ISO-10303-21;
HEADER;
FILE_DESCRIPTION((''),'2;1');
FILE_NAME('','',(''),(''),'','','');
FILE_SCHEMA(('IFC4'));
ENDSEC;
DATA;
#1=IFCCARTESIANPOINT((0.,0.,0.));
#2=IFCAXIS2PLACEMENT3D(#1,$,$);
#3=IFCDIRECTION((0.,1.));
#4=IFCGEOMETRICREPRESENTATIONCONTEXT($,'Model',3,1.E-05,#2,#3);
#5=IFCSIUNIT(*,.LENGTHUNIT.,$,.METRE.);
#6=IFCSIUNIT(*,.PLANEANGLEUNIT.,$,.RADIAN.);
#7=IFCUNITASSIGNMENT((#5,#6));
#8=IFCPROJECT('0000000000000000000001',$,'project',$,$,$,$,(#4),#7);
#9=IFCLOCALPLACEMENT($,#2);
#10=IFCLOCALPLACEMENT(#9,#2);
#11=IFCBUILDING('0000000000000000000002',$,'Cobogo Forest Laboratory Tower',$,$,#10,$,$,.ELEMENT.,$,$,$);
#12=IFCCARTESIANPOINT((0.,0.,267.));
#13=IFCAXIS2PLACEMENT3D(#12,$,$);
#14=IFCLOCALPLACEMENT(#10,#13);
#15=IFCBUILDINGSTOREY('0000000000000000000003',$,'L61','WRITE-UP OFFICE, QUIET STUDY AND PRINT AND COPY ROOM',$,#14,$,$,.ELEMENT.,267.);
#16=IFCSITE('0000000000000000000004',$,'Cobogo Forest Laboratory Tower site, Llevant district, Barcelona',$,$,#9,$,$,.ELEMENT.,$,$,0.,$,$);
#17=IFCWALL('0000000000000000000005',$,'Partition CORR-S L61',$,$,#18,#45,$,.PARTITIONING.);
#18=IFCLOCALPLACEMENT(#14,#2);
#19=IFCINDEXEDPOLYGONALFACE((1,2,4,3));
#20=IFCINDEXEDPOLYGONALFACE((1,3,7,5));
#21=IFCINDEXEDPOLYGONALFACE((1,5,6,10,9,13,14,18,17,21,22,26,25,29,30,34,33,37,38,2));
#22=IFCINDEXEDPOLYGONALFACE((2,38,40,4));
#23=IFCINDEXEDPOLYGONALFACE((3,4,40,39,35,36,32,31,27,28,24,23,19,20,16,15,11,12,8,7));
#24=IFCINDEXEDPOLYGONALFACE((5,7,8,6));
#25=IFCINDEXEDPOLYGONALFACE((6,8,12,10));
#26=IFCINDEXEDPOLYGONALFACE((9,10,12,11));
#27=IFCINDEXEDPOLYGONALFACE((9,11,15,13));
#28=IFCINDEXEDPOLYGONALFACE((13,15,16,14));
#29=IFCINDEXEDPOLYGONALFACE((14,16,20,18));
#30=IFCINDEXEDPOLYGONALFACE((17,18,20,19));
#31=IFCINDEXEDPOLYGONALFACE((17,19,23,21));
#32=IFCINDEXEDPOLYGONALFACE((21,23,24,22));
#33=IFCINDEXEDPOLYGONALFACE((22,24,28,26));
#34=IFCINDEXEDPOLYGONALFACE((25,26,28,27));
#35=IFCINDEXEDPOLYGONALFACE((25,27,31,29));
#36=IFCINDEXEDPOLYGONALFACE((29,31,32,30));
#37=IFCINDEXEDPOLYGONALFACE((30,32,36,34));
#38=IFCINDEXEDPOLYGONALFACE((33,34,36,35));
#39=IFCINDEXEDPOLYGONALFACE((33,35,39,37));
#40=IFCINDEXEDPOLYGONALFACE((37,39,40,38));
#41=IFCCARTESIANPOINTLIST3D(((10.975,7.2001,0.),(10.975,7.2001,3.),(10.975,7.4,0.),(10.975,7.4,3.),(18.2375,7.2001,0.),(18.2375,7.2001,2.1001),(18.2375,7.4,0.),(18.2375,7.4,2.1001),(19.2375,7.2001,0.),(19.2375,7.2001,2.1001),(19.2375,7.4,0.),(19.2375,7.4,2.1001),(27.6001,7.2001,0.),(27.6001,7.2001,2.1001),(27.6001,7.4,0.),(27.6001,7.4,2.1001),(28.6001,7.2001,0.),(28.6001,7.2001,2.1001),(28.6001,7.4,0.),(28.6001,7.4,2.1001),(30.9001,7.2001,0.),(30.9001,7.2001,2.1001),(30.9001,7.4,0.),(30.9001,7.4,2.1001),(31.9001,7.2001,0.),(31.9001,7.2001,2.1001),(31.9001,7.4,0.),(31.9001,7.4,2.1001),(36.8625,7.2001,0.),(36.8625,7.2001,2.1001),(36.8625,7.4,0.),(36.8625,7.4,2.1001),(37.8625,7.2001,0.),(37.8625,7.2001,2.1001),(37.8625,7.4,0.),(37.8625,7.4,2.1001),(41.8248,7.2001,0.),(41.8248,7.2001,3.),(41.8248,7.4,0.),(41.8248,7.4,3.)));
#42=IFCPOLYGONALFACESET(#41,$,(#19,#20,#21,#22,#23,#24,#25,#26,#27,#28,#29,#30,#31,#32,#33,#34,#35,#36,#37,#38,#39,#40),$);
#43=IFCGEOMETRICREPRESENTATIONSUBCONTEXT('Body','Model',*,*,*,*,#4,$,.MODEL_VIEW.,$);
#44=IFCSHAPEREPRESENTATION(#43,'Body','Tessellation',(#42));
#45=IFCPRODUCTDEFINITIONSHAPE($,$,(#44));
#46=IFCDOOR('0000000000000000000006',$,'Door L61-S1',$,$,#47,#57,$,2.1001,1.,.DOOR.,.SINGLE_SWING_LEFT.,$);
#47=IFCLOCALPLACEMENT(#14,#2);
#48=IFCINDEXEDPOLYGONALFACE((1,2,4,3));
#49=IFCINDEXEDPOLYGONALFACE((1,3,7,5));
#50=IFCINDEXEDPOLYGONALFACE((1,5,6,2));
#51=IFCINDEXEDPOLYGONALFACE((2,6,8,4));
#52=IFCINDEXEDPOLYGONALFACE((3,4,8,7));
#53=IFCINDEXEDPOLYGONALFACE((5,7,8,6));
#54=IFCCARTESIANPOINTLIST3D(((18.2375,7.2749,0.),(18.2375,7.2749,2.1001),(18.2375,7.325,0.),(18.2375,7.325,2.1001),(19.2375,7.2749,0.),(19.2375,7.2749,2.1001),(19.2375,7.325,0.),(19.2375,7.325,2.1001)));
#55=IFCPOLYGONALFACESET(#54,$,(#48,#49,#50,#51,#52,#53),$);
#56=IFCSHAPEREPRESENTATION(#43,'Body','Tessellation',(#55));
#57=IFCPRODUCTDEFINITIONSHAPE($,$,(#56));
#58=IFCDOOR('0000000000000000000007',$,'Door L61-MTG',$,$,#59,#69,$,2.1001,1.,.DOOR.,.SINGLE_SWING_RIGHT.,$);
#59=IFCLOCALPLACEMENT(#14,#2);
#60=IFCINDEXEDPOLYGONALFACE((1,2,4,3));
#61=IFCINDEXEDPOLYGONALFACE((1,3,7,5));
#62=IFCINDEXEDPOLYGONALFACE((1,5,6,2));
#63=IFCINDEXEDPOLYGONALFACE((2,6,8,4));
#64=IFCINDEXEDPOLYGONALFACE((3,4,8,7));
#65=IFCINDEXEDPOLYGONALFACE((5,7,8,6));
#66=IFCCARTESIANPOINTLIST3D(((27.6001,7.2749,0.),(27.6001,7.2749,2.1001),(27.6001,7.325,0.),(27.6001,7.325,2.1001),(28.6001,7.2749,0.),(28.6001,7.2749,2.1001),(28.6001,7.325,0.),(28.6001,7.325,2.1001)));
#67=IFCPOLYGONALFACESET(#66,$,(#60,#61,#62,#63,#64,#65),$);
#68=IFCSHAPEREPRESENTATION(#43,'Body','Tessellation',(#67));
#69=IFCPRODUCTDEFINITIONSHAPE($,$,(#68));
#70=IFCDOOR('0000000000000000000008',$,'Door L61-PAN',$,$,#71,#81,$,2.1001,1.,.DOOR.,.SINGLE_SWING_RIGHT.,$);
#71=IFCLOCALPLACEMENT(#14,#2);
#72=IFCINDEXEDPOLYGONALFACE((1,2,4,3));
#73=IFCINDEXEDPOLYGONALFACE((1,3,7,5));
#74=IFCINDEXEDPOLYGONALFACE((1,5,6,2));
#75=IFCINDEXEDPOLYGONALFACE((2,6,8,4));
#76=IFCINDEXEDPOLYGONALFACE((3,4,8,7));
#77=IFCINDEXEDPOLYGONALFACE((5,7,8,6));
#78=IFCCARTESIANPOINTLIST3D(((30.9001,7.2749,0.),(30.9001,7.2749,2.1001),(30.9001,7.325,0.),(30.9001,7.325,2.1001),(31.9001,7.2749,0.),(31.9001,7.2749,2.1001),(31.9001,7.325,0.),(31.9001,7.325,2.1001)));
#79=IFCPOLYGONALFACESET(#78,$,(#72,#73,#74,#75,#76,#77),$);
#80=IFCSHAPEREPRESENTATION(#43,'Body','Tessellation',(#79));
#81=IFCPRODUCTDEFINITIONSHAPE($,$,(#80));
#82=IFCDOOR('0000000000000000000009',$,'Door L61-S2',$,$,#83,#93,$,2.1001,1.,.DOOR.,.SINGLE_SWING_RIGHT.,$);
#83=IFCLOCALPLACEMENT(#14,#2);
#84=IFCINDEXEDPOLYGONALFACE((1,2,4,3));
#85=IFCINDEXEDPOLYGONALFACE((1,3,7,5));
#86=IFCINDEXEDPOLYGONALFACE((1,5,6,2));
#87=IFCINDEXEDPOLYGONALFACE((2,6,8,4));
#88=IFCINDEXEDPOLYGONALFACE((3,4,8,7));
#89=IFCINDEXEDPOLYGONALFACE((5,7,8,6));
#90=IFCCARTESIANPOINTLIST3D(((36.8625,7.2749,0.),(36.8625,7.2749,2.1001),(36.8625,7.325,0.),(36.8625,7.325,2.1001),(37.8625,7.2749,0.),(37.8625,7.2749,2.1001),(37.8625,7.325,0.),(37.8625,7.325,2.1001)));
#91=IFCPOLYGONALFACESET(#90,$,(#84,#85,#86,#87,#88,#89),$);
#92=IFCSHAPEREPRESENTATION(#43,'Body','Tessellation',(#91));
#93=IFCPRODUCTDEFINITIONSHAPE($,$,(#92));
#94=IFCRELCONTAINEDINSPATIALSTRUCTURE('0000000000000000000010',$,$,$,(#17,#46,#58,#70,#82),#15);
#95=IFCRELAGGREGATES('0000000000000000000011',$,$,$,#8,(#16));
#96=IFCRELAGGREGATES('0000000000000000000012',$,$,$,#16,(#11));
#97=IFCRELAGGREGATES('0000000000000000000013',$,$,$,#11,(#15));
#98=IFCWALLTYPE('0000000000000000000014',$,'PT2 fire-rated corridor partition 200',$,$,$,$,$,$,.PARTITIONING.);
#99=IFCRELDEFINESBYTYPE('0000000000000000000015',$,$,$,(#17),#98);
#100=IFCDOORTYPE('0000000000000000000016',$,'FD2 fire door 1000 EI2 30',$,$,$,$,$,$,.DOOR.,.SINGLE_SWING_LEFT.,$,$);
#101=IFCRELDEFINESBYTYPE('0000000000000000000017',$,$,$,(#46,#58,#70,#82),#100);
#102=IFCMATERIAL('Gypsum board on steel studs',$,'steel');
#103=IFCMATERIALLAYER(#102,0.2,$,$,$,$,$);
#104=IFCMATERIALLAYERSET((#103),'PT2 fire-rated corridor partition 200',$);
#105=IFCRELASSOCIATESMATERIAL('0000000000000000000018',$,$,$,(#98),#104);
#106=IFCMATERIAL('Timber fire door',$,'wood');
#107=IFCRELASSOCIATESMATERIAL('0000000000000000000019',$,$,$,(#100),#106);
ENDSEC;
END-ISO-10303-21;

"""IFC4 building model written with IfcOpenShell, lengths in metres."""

from ifc_helpers import new_model, si_unit, direction, frame, frame_2d, origin, place, context, subcontext, project, spatial, rectangle, extrude, material, layer, layer_set, type_object, element, fill, save


model = new_model("IFC4")

# Units and contexts
model_context = context("Model", 3, precision=1e-05, world=origin(), true_north=direction((0.0, 1.0)))
body_context = subcontext(model_context, "Body", "Model", "MODEL_VIEW")
ifc_project = project(units=[si_unit("LENGTHUNIT", "METRE"), si_unit("PLANEANGLEUNIT", "RADIAN")], contexts=[model_context])

# Site, building, storey
site_placement = place(None, origin())
site = spatial("IfcSite", under=ifc_project, at=site_placement, Name="Cobogo Forest Laboratory Tower site, Llevant district, Barcelona", CompositionType="ELEMENT", RefElevation=0.0)
building_placement = place(site_placement, origin())
building = spatial("IfcBuilding", under=site, at=building_placement, Name="Cobogo Forest Laboratory Tower", CompositionType="ELEMENT")
storey_placement = place(building_placement, frame((0.0, 0.0, 267.0)))
storey = spatial("IfcBuildingStorey", under=building, at=storey_placement, Name="L61", Description="WRITE-UP OFFICE, QUIET STUDY AND PRINT AND COPY ROOM", CompositionType="ELEMENT", Elevation=267.0)

# Shared definitions
ifc_material_1 = material(Name="Gypsum board on steel studs", Category="steel")

# Wall, openings, doors
ifc_layer_1 = layer(ifc_material_1, 0.2)
ifc_layer_set_1 = layer_set([ifc_layer_1], Name="PT2 fire-rated corridor partition 200")
wall_type_1 = type_object("IfcWallType", Name="PT2 fire-rated corridor partition 200", PredefinedType="PARTITIONING", material=ifc_layer_set_1)
wall_1_placement = place(storey_placement, frame((10.9751, 7.3, 0.0), z_axis=(0.0, 0.0, 1.0), x_axis=(1.0, 0.0, 0.0)))
wall_1 = element("IfcWall", 1, at=wall_1_placement, inside=storey, type_object=wall_type_1, Name="Partition CORR-S L61", PredefinedType="PARTITIONING", context=body_context, shape_type="SweptSolid", body=[
    extrude(rectangle(XDim=30.8499, YDim=0.2, at=frame_2d((15.4248, 0.0))), origin(), (0.0, 0.0, 1.0), 3.0),
])
opening_1_placement = place(wall_1_placement, frame((7.2625, 0.0, 0.0)))
opening_1 = element("IfcOpeningElement", 2, at=opening_1_placement, cuts=wall_1, PredefinedType="OPENING", context=body_context, shape_type="SweptSolid", body=[
    extrude(rectangle(XDim=1.0, YDim=2.1001, at=frame_2d((0.5, 1.05))), frame((0.0, 0.1099, 0.0), z_axis=(0.0, -1.0, 0.0), x_axis=(1.0, 0.0, 0.0)), (0.0, 0.0, 1.0), 0.22),
])
opening_2_placement = place(wall_1_placement, frame((16.625, 0.0, 0.0)))
opening_2 = element("IfcOpeningElement", 3, at=opening_2_placement, cuts=wall_1, PredefinedType="OPENING", context=body_context, shape_type="SweptSolid", body=[
    extrude(rectangle(XDim=1.0, YDim=2.1001, at=frame_2d((0.5, 1.05))), frame((0.0, 0.1099, 0.0), z_axis=(0.0, -1.0, 0.0), x_axis=(1.0, 0.0, 0.0)), (0.0, 0.0, 1.0), 0.22),
])
opening_3_placement = place(wall_1_placement, frame((19.925, 0.0, 0.0)))
opening_3 = element("IfcOpeningElement", 4, at=opening_3_placement, cuts=wall_1, PredefinedType="OPENING", context=body_context, shape_type="SweptSolid", body=[
    extrude(rectangle(XDim=1.0, YDim=2.1001, at=frame_2d((0.5, 1.05))), frame((0.0, 0.1099, 0.0), z_axis=(0.0, -1.0, 0.0), x_axis=(1.0, 0.0, 0.0)), (0.0, 0.0, 1.0), 0.22),
])
opening_4_placement = place(wall_1_placement, frame((25.8875, 0.0, 0.0)))
opening_4 = element("IfcOpeningElement", 5, at=opening_4_placement, cuts=wall_1, PredefinedType="OPENING", context=body_context, shape_type="SweptSolid", body=[
    extrude(rectangle(XDim=1.0, YDim=2.1001, at=frame_2d((0.5, 1.05))), frame((0.0, 0.1099, 0.0), z_axis=(0.0, -1.0, 0.0), x_axis=(1.0, 0.0, 0.0)), (0.0, 0.0, 1.0), 0.22),
])
ifc_material_2 = material(Name="Timber fire door", Category="wood")
door_type_1 = type_object("IfcDoorType", Name="FD2 fire door 1000 EI2 30", OperationType="SINGLE_SWING_LEFT", PredefinedType="DOOR", material=ifc_material_2)
door_1_placement = place(opening_1_placement, origin())
door_1 = element("IfcDoor", 6, at=door_1_placement, inside=storey, type_object=door_type_1, Name="Door L61-S1", OperationType="SINGLE_SWING_LEFT", OverallHeight=2.1001, OverallWidth=1.0, PredefinedType="DOOR", context=body_context, shape_type="SweptSolid", body=[
    extrude(rectangle(XDim=1.0, YDim=2.1001, at=frame_2d((0.5, 1.05))), frame((0.0, 0.0249, 0.0), z_axis=(0.0, -1.0, 0.0), x_axis=(1.0, 0.0, 0.0)), (0.0, 0.0, 1.0), 0.05),
])
fill(opening_1, door_1)
door_2_placement = place(opening_2_placement, origin())
door_2 = element("IfcDoor", 7, at=door_2_placement, inside=storey, type_object=door_type_1, Name="Door L61-MTG", OperationType="SINGLE_SWING_RIGHT", OverallHeight=2.1001, OverallWidth=1.0, PredefinedType="DOOR", context=body_context, shape_type="SweptSolid", body=[
    extrude(rectangle(XDim=1.0, YDim=2.1001, at=frame_2d((0.5, 1.05))), frame((0.0, 0.0249, 0.0), z_axis=(0.0, -1.0, 0.0), x_axis=(1.0, 0.0, 0.0)), (0.0, 0.0, 1.0), 0.05),
])
fill(opening_2, door_2)
door_3_placement = place(opening_3_placement, origin())
door_3 = element("IfcDoor", 8, at=door_3_placement, inside=storey, type_object=door_type_1, Name="Door L61-PAN", OperationType="SINGLE_SWING_RIGHT", OverallHeight=2.1001, OverallWidth=1.0, PredefinedType="DOOR", context=body_context, shape_type="SweptSolid", body=[
    extrude(rectangle(XDim=1.0, YDim=2.1001, at=frame_2d((0.5, 1.05))), frame((0.0, 0.0249, 0.0), z_axis=(0.0, -1.0, 0.0), x_axis=(1.0, 0.0, 0.0)), (0.0, 0.0, 1.0), 0.05),
])
fill(opening_3, door_3)
door_4_placement = place(opening_4_placement, origin())
door_4 = element("IfcDoor", 9, at=door_4_placement, inside=storey, type_object=door_type_1, Name="Door L61-S2", OperationType="SINGLE_SWING_RIGHT", OverallHeight=2.1001, OverallWidth=1.0, PredefinedType="DOOR", context=body_context, shape_type="SweptSolid", body=[
    extrude(rectangle(XDim=1.0, YDim=2.1001, at=frame_2d((0.5, 1.05))), frame((0.0, 0.0249, 0.0), z_axis=(0.0, -1.0, 0.0), x_axis=(1.0, 0.0, 0.0)), (0.0, 0.0, 1.0), 0.05),
])
fill(opening_4, door_4)

save(model, "model.ifc")
